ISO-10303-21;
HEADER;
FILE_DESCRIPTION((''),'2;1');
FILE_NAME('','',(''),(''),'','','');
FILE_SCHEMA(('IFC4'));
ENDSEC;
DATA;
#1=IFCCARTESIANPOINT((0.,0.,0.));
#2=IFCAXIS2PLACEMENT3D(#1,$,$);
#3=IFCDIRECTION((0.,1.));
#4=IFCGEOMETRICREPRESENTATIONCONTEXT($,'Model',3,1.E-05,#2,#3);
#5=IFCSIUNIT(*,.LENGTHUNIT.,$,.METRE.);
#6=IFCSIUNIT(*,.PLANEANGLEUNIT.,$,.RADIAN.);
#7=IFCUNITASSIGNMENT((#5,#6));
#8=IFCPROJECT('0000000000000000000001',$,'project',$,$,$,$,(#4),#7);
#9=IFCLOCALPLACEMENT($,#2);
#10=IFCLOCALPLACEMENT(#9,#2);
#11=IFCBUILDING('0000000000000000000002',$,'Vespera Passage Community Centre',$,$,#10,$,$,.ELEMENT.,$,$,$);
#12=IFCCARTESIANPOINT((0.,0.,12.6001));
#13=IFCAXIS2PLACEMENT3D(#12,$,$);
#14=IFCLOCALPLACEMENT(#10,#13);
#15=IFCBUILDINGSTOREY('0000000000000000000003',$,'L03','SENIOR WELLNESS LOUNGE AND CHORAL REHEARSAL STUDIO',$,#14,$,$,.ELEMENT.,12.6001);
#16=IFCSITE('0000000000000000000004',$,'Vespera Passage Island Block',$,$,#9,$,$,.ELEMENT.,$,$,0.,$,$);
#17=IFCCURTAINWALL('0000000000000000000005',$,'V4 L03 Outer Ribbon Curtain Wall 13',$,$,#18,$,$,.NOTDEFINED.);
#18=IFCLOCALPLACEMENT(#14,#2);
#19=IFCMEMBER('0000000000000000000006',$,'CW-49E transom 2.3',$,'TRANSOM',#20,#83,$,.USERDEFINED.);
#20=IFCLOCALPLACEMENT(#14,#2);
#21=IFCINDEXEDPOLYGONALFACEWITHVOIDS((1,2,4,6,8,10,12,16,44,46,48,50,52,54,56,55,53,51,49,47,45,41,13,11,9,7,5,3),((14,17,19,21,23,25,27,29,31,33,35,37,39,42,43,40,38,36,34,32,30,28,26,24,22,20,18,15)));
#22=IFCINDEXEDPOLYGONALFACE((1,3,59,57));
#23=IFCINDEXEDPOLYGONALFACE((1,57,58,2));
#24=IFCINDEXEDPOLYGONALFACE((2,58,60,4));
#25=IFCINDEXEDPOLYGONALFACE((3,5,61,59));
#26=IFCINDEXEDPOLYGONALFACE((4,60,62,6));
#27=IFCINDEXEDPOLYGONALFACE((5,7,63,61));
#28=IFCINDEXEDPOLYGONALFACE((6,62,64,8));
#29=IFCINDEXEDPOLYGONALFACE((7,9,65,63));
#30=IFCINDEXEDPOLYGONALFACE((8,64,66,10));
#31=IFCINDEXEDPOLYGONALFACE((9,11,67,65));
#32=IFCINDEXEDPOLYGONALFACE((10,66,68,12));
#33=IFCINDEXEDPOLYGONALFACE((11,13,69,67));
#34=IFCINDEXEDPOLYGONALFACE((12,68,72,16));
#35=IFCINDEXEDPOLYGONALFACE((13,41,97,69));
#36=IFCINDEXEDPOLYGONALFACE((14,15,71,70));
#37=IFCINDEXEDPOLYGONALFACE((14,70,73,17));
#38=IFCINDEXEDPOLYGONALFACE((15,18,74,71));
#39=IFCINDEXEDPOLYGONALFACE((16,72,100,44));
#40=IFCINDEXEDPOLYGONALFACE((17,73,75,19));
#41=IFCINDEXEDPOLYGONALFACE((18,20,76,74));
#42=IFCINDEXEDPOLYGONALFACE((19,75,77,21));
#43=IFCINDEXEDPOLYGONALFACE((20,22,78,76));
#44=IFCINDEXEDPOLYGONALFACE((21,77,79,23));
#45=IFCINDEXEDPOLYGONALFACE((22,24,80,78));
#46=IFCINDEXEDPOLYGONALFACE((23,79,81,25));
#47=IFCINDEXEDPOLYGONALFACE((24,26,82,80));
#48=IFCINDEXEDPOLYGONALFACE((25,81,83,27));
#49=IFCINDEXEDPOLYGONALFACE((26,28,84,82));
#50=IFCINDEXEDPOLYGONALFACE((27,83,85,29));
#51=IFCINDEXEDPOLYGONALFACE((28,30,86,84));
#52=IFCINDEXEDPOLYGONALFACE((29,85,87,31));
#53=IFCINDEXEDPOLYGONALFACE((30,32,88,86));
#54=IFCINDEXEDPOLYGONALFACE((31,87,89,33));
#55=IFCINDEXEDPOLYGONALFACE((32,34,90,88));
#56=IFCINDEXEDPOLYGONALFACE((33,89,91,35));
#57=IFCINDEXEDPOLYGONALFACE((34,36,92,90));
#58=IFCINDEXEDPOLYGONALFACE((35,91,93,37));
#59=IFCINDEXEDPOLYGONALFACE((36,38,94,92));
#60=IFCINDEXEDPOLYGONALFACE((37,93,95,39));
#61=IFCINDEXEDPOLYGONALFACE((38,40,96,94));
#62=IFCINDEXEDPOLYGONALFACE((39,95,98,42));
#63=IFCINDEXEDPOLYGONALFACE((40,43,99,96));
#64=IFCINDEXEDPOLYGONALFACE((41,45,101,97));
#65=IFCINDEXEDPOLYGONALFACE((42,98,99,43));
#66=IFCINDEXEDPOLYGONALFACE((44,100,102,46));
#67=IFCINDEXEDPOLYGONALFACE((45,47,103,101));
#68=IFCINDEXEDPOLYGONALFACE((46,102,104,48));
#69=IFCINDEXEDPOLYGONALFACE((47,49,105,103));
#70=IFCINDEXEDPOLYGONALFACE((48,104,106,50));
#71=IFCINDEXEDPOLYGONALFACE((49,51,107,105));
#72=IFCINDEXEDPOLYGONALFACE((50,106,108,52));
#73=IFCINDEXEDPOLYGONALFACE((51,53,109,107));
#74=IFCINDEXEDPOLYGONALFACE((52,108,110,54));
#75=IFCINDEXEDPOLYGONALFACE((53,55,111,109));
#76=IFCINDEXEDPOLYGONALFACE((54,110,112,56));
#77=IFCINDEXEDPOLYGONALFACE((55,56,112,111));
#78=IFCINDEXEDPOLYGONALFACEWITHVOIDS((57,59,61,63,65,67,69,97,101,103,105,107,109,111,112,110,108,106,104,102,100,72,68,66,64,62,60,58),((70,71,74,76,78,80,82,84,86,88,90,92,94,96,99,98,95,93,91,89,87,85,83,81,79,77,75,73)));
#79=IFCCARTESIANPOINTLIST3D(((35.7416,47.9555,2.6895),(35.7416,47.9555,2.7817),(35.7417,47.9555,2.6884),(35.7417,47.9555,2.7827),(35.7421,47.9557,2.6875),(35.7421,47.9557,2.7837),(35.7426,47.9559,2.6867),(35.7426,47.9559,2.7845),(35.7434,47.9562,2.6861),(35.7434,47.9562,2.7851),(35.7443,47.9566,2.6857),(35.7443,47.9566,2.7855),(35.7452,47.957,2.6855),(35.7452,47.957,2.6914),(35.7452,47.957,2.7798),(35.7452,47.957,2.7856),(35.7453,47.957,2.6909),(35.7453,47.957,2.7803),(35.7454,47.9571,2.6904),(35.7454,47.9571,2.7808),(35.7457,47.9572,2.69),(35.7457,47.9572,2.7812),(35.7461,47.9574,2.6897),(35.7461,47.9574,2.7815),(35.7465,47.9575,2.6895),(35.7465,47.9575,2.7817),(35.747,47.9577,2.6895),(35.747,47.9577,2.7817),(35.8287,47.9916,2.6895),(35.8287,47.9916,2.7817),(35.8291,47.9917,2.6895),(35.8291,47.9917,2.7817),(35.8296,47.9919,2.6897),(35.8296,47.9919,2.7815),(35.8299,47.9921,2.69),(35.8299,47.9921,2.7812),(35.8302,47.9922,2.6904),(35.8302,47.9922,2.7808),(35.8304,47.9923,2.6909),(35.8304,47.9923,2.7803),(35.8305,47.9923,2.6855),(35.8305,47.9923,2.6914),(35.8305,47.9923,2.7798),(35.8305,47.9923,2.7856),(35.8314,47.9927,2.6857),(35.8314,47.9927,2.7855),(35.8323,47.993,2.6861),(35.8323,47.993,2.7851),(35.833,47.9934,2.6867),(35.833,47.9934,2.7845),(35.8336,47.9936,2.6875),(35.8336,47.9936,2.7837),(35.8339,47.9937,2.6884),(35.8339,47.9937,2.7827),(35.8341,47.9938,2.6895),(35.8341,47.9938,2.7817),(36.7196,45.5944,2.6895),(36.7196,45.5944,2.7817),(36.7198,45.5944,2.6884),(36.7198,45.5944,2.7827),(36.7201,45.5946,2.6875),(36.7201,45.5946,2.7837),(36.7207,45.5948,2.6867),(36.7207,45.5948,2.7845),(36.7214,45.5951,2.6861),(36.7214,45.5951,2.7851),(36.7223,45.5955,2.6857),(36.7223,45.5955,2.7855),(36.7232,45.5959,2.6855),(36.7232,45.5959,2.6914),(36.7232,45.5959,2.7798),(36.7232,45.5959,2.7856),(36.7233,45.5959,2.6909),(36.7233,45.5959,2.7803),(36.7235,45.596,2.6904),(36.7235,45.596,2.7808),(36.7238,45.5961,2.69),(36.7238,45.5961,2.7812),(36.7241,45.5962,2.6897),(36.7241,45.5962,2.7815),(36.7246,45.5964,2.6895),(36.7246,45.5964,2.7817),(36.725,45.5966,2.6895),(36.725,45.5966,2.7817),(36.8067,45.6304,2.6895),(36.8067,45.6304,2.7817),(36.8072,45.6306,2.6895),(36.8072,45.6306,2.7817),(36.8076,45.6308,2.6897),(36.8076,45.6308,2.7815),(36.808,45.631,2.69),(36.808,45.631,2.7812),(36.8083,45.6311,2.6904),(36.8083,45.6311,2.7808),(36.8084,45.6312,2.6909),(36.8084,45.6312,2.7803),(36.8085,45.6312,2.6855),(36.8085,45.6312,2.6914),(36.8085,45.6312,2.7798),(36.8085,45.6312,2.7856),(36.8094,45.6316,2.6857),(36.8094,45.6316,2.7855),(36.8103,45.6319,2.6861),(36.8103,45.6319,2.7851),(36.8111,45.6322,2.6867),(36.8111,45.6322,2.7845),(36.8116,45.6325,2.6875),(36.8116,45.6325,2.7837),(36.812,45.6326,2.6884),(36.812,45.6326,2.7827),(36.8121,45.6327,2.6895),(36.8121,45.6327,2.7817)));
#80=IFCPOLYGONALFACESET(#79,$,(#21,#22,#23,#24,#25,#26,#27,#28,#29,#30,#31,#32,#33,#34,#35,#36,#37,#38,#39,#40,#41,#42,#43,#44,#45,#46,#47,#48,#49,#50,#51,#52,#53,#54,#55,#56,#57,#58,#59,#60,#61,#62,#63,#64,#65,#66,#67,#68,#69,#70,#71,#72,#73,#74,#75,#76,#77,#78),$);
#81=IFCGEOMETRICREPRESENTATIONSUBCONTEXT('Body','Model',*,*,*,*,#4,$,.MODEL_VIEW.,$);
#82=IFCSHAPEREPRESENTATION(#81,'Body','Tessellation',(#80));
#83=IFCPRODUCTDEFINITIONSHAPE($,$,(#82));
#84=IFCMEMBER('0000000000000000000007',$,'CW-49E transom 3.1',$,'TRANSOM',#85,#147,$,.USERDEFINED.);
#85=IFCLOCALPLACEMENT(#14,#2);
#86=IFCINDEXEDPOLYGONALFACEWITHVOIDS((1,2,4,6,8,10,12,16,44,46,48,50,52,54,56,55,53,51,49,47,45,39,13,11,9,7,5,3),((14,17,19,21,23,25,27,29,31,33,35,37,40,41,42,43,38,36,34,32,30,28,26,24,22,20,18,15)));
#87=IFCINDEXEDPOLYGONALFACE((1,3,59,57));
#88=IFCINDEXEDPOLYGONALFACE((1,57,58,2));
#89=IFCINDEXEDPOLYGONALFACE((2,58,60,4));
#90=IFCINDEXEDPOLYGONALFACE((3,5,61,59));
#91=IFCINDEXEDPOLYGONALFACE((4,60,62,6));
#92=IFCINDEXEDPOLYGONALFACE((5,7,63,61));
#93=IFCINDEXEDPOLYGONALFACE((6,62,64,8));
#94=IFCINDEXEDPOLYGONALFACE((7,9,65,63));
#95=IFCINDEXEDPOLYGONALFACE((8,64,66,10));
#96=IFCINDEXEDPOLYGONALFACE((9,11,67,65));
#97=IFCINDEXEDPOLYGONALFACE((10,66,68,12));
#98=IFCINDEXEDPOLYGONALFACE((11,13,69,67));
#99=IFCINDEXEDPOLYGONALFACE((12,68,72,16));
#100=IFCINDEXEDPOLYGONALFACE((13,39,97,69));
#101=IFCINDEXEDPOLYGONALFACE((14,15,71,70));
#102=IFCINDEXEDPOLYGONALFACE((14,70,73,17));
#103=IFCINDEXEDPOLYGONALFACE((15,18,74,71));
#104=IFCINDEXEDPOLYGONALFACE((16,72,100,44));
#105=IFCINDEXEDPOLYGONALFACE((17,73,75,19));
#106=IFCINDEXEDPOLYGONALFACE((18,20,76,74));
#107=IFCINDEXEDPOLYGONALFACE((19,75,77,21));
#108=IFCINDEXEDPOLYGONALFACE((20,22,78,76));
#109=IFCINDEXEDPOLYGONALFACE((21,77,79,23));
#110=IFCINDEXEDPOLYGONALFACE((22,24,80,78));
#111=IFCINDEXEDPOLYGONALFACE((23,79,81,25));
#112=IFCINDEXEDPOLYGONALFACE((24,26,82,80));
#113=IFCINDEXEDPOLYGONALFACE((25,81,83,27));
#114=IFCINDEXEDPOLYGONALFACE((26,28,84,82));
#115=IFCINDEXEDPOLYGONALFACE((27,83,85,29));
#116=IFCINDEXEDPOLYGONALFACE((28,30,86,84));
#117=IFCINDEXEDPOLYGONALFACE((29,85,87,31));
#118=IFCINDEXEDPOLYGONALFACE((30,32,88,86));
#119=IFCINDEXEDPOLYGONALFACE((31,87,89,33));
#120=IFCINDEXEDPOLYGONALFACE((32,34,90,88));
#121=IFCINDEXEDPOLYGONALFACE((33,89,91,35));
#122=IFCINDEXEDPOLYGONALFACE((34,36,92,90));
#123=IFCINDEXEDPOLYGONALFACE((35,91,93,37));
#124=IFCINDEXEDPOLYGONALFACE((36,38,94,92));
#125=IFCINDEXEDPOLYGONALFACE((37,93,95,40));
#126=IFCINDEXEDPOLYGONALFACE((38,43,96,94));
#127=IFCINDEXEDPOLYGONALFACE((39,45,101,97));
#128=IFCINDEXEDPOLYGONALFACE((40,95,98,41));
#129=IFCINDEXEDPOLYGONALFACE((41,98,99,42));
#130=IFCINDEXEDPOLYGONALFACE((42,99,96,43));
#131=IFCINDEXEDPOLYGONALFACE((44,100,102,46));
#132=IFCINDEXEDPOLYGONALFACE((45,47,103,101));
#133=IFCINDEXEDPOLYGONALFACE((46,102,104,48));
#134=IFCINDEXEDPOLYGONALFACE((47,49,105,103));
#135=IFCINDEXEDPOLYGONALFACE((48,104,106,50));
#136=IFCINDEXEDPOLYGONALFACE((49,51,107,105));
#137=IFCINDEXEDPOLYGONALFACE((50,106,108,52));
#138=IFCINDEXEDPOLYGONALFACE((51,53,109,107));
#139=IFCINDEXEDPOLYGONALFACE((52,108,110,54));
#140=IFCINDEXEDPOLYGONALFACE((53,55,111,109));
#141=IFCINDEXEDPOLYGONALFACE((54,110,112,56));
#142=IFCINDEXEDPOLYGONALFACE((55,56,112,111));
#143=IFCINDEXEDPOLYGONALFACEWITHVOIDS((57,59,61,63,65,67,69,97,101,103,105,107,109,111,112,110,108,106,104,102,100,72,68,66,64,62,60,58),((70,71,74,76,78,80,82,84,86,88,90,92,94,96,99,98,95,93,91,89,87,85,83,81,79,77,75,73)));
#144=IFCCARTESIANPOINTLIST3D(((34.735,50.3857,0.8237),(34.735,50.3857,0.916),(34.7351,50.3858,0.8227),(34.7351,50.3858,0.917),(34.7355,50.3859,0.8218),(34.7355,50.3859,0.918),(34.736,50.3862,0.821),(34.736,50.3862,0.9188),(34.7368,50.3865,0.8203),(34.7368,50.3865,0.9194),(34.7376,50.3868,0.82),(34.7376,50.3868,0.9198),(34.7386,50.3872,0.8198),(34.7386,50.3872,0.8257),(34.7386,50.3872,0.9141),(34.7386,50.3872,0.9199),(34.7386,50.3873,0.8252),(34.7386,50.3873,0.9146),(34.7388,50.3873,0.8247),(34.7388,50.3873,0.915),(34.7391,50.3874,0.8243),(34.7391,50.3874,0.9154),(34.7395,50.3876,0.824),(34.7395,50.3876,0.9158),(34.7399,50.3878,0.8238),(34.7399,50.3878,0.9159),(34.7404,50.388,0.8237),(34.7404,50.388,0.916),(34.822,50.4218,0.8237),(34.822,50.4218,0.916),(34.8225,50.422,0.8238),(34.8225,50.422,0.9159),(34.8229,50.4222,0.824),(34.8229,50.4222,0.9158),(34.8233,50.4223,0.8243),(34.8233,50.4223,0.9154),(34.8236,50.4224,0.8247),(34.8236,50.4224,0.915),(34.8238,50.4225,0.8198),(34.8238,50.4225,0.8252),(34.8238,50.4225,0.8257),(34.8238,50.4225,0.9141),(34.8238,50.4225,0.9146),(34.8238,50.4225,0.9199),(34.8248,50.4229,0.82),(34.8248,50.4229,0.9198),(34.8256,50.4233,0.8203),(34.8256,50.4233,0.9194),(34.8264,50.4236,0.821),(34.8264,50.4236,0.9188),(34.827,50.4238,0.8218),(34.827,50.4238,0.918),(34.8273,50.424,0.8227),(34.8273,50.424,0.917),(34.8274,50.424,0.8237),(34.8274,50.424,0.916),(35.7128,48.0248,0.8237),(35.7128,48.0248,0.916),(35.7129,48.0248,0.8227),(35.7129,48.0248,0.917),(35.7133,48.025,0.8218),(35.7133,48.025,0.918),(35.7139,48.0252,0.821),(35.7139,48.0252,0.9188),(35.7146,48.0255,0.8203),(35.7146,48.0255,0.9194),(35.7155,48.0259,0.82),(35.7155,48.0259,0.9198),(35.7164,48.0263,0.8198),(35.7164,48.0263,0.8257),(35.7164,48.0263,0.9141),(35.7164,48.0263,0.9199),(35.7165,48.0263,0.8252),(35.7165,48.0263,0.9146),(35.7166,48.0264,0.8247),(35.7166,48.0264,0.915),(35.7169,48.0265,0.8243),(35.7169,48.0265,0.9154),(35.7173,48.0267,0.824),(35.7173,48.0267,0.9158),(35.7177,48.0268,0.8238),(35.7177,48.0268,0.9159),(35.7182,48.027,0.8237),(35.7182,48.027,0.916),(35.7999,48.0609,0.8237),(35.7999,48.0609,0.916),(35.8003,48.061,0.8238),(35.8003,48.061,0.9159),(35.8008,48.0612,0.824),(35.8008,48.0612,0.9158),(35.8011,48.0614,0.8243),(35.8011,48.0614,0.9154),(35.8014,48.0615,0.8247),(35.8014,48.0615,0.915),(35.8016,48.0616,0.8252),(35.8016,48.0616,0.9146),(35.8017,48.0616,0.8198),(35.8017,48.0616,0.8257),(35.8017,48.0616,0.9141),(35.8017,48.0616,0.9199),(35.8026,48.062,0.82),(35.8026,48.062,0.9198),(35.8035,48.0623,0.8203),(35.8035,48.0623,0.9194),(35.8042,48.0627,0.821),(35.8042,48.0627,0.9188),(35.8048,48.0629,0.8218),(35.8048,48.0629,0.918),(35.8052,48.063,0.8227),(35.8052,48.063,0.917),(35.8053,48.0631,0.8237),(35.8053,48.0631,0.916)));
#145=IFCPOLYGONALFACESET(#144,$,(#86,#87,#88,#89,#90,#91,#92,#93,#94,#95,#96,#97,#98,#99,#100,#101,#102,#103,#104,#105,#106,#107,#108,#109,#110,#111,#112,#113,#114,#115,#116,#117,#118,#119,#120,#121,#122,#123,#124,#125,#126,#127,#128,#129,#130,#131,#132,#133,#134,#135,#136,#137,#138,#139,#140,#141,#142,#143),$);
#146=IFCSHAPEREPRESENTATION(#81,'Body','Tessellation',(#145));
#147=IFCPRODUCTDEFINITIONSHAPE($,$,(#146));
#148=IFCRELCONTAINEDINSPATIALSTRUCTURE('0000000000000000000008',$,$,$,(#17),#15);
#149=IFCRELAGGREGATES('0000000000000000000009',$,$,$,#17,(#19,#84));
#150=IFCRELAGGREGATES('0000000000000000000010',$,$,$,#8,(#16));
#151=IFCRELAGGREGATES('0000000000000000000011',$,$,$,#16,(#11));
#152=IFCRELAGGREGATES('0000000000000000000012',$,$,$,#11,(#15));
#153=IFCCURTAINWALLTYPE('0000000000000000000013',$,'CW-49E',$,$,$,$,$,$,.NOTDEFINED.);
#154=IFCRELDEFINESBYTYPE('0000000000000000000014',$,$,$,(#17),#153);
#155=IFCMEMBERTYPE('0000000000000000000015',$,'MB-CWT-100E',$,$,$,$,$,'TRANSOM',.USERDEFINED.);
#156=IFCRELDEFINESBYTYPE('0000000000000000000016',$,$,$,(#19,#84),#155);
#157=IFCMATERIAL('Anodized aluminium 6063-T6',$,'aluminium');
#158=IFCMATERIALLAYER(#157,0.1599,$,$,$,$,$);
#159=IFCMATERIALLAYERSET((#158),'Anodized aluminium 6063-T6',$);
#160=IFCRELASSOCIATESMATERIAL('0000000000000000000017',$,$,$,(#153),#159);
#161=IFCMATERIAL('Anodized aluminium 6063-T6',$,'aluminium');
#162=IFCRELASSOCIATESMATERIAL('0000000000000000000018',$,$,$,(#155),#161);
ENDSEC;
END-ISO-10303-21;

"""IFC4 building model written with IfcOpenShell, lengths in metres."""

from ifc_helpers import new_model, si_unit, direction, frame, origin, origin_2d, place, context, subcontext, project, spatial, hollow_rectangle, extrude, material, layer, layer_set, material_profile, profile_set, type_object, element, aggregate, save


model = new_model("IFC4")

# Units and contexts
model_context = context("Model", 3, precision=1e-05, world=origin(), true_north=direction((0.0, 1.0)))
body_context = subcontext(model_context, "Body", "Model", "MODEL_VIEW")
ifc_project = project(units=[si_unit("LENGTHUNIT", "METRE"), si_unit("PLANEANGLEUNIT", "RADIAN")], contexts=[model_context])

# Site, building, storey
site_placement = place(None, origin())
site = spatial("IfcSite", under=ifc_project, at=site_placement, Name="Vespera Passage Island Block", CompositionType="ELEMENT", RefElevation=0.0)
building_placement = place(site_placement, origin())
building = spatial("IfcBuilding", under=site, at=building_placement, Name="Vespera Passage Community Centre", CompositionType="ELEMENT")
storey_placement = place(building_placement, frame((0.0, 0.0, 12.6001)))
storey = spatial("IfcBuildingStorey", under=building, at=storey_placement, Name="L03", Description="SENIOR WELLNESS LOUNGE AND CHORAL REHEARSAL STUDIO", CompositionType="ELEMENT", Elevation=12.6001)

# Curtain wall, members
ifc_material_1 = material(Name="Anodized aluminium 6063-T6", Category="aluminium")
ifc_layer_1 = layer(ifc_material_1, 0.1599)
ifc_layer_set_1 = layer_set([ifc_layer_1], Name="Anodized aluminium 6063-T6")
curtain_wall_type = type_object("IfcCurtainWallType", Name="CW-49E", PredefinedType="NOTDEFINED", material=ifc_layer_set_1)
curtain_wall_placement = place(storey_placement, origin())
curtain_wall = element("IfcCurtainWall", 1, at=curtain_wall_placement, inside=storey, type_object=curtain_wall_type, Name="V4 L03 Outer Ribbon Curtain Wall 13", PredefinedType="NOTDEFINED")
ifc_material_2 = material(Name="Anodized aluminium 6063-T6", Category="aluminium")
ifc_material_profile_1 = material_profile(ifc_material_2, hollow_rectangle(XDim=0.1001, YDim=0.1001, WallThickness=0.0039, InnerFilletRadius=0.002, OuterFilletRadius=0.0039, at=origin_2d()), Name="ALU100X100X4")
ifc_profile_set_1 = profile_set([ifc_material_profile_1], Name="Anodized aluminium 6063-T6")
member_type_1 = type_object("IfcMemberType", Name="MB-CWT-100E", ElementType="TRANSOM", PredefinedType="USERDEFINED", material=ifc_profile_set_1)
member_1_placement = place(storey_placement, frame((36.7659, 45.6135, 2.7356), z_axis=(-0.382695, 0.923875, 0.0), x_axis=(-0.923875, -0.382695, 0.0)))
member_1 = element("IfcMember", 2, at=member_1_placement, type_object=member_type_1, Name="CW-49E transom 2.3", ObjectType="TRANSOM", PredefinedType="USERDEFINED", context=body_context, shape_type="SweptSolid", body=[
    extrude(hollow_rectangle(XDim=0.1001, YDim=0.1001, WallThickness=0.0039, InnerFilletRadius=0.002, OuterFilletRadius=0.0039, at=origin_2d()), origin(), (0.0, 0.0, 1.0), 2.5557),
])
member_2_placement = place(storey_placement, frame((35.759, 48.0439, 0.8699), z_axis=(-0.382647, 0.923895, 0.0), x_axis=(-0.923895, -0.382647, 0.0)))
member_2 = element("IfcMember", 3, at=member_2_placement, type_object=member_type_1, Name="CW-49E transom 3.1", ObjectType="TRANSOM", PredefinedType="USERDEFINED", context=body_context, shape_type="SweptSolid", body=[
    extrude(hollow_rectangle(XDim=0.1001, YDim=0.1001, WallThickness=0.0039, InnerFilletRadius=0.002, OuterFilletRadius=0.0039, at=origin_2d()), origin(), (0.0, 0.0, 1.0), 2.5554),
])
aggregate(curtain_wall, [member_1, member_2])

save(model, "model.ifc")
